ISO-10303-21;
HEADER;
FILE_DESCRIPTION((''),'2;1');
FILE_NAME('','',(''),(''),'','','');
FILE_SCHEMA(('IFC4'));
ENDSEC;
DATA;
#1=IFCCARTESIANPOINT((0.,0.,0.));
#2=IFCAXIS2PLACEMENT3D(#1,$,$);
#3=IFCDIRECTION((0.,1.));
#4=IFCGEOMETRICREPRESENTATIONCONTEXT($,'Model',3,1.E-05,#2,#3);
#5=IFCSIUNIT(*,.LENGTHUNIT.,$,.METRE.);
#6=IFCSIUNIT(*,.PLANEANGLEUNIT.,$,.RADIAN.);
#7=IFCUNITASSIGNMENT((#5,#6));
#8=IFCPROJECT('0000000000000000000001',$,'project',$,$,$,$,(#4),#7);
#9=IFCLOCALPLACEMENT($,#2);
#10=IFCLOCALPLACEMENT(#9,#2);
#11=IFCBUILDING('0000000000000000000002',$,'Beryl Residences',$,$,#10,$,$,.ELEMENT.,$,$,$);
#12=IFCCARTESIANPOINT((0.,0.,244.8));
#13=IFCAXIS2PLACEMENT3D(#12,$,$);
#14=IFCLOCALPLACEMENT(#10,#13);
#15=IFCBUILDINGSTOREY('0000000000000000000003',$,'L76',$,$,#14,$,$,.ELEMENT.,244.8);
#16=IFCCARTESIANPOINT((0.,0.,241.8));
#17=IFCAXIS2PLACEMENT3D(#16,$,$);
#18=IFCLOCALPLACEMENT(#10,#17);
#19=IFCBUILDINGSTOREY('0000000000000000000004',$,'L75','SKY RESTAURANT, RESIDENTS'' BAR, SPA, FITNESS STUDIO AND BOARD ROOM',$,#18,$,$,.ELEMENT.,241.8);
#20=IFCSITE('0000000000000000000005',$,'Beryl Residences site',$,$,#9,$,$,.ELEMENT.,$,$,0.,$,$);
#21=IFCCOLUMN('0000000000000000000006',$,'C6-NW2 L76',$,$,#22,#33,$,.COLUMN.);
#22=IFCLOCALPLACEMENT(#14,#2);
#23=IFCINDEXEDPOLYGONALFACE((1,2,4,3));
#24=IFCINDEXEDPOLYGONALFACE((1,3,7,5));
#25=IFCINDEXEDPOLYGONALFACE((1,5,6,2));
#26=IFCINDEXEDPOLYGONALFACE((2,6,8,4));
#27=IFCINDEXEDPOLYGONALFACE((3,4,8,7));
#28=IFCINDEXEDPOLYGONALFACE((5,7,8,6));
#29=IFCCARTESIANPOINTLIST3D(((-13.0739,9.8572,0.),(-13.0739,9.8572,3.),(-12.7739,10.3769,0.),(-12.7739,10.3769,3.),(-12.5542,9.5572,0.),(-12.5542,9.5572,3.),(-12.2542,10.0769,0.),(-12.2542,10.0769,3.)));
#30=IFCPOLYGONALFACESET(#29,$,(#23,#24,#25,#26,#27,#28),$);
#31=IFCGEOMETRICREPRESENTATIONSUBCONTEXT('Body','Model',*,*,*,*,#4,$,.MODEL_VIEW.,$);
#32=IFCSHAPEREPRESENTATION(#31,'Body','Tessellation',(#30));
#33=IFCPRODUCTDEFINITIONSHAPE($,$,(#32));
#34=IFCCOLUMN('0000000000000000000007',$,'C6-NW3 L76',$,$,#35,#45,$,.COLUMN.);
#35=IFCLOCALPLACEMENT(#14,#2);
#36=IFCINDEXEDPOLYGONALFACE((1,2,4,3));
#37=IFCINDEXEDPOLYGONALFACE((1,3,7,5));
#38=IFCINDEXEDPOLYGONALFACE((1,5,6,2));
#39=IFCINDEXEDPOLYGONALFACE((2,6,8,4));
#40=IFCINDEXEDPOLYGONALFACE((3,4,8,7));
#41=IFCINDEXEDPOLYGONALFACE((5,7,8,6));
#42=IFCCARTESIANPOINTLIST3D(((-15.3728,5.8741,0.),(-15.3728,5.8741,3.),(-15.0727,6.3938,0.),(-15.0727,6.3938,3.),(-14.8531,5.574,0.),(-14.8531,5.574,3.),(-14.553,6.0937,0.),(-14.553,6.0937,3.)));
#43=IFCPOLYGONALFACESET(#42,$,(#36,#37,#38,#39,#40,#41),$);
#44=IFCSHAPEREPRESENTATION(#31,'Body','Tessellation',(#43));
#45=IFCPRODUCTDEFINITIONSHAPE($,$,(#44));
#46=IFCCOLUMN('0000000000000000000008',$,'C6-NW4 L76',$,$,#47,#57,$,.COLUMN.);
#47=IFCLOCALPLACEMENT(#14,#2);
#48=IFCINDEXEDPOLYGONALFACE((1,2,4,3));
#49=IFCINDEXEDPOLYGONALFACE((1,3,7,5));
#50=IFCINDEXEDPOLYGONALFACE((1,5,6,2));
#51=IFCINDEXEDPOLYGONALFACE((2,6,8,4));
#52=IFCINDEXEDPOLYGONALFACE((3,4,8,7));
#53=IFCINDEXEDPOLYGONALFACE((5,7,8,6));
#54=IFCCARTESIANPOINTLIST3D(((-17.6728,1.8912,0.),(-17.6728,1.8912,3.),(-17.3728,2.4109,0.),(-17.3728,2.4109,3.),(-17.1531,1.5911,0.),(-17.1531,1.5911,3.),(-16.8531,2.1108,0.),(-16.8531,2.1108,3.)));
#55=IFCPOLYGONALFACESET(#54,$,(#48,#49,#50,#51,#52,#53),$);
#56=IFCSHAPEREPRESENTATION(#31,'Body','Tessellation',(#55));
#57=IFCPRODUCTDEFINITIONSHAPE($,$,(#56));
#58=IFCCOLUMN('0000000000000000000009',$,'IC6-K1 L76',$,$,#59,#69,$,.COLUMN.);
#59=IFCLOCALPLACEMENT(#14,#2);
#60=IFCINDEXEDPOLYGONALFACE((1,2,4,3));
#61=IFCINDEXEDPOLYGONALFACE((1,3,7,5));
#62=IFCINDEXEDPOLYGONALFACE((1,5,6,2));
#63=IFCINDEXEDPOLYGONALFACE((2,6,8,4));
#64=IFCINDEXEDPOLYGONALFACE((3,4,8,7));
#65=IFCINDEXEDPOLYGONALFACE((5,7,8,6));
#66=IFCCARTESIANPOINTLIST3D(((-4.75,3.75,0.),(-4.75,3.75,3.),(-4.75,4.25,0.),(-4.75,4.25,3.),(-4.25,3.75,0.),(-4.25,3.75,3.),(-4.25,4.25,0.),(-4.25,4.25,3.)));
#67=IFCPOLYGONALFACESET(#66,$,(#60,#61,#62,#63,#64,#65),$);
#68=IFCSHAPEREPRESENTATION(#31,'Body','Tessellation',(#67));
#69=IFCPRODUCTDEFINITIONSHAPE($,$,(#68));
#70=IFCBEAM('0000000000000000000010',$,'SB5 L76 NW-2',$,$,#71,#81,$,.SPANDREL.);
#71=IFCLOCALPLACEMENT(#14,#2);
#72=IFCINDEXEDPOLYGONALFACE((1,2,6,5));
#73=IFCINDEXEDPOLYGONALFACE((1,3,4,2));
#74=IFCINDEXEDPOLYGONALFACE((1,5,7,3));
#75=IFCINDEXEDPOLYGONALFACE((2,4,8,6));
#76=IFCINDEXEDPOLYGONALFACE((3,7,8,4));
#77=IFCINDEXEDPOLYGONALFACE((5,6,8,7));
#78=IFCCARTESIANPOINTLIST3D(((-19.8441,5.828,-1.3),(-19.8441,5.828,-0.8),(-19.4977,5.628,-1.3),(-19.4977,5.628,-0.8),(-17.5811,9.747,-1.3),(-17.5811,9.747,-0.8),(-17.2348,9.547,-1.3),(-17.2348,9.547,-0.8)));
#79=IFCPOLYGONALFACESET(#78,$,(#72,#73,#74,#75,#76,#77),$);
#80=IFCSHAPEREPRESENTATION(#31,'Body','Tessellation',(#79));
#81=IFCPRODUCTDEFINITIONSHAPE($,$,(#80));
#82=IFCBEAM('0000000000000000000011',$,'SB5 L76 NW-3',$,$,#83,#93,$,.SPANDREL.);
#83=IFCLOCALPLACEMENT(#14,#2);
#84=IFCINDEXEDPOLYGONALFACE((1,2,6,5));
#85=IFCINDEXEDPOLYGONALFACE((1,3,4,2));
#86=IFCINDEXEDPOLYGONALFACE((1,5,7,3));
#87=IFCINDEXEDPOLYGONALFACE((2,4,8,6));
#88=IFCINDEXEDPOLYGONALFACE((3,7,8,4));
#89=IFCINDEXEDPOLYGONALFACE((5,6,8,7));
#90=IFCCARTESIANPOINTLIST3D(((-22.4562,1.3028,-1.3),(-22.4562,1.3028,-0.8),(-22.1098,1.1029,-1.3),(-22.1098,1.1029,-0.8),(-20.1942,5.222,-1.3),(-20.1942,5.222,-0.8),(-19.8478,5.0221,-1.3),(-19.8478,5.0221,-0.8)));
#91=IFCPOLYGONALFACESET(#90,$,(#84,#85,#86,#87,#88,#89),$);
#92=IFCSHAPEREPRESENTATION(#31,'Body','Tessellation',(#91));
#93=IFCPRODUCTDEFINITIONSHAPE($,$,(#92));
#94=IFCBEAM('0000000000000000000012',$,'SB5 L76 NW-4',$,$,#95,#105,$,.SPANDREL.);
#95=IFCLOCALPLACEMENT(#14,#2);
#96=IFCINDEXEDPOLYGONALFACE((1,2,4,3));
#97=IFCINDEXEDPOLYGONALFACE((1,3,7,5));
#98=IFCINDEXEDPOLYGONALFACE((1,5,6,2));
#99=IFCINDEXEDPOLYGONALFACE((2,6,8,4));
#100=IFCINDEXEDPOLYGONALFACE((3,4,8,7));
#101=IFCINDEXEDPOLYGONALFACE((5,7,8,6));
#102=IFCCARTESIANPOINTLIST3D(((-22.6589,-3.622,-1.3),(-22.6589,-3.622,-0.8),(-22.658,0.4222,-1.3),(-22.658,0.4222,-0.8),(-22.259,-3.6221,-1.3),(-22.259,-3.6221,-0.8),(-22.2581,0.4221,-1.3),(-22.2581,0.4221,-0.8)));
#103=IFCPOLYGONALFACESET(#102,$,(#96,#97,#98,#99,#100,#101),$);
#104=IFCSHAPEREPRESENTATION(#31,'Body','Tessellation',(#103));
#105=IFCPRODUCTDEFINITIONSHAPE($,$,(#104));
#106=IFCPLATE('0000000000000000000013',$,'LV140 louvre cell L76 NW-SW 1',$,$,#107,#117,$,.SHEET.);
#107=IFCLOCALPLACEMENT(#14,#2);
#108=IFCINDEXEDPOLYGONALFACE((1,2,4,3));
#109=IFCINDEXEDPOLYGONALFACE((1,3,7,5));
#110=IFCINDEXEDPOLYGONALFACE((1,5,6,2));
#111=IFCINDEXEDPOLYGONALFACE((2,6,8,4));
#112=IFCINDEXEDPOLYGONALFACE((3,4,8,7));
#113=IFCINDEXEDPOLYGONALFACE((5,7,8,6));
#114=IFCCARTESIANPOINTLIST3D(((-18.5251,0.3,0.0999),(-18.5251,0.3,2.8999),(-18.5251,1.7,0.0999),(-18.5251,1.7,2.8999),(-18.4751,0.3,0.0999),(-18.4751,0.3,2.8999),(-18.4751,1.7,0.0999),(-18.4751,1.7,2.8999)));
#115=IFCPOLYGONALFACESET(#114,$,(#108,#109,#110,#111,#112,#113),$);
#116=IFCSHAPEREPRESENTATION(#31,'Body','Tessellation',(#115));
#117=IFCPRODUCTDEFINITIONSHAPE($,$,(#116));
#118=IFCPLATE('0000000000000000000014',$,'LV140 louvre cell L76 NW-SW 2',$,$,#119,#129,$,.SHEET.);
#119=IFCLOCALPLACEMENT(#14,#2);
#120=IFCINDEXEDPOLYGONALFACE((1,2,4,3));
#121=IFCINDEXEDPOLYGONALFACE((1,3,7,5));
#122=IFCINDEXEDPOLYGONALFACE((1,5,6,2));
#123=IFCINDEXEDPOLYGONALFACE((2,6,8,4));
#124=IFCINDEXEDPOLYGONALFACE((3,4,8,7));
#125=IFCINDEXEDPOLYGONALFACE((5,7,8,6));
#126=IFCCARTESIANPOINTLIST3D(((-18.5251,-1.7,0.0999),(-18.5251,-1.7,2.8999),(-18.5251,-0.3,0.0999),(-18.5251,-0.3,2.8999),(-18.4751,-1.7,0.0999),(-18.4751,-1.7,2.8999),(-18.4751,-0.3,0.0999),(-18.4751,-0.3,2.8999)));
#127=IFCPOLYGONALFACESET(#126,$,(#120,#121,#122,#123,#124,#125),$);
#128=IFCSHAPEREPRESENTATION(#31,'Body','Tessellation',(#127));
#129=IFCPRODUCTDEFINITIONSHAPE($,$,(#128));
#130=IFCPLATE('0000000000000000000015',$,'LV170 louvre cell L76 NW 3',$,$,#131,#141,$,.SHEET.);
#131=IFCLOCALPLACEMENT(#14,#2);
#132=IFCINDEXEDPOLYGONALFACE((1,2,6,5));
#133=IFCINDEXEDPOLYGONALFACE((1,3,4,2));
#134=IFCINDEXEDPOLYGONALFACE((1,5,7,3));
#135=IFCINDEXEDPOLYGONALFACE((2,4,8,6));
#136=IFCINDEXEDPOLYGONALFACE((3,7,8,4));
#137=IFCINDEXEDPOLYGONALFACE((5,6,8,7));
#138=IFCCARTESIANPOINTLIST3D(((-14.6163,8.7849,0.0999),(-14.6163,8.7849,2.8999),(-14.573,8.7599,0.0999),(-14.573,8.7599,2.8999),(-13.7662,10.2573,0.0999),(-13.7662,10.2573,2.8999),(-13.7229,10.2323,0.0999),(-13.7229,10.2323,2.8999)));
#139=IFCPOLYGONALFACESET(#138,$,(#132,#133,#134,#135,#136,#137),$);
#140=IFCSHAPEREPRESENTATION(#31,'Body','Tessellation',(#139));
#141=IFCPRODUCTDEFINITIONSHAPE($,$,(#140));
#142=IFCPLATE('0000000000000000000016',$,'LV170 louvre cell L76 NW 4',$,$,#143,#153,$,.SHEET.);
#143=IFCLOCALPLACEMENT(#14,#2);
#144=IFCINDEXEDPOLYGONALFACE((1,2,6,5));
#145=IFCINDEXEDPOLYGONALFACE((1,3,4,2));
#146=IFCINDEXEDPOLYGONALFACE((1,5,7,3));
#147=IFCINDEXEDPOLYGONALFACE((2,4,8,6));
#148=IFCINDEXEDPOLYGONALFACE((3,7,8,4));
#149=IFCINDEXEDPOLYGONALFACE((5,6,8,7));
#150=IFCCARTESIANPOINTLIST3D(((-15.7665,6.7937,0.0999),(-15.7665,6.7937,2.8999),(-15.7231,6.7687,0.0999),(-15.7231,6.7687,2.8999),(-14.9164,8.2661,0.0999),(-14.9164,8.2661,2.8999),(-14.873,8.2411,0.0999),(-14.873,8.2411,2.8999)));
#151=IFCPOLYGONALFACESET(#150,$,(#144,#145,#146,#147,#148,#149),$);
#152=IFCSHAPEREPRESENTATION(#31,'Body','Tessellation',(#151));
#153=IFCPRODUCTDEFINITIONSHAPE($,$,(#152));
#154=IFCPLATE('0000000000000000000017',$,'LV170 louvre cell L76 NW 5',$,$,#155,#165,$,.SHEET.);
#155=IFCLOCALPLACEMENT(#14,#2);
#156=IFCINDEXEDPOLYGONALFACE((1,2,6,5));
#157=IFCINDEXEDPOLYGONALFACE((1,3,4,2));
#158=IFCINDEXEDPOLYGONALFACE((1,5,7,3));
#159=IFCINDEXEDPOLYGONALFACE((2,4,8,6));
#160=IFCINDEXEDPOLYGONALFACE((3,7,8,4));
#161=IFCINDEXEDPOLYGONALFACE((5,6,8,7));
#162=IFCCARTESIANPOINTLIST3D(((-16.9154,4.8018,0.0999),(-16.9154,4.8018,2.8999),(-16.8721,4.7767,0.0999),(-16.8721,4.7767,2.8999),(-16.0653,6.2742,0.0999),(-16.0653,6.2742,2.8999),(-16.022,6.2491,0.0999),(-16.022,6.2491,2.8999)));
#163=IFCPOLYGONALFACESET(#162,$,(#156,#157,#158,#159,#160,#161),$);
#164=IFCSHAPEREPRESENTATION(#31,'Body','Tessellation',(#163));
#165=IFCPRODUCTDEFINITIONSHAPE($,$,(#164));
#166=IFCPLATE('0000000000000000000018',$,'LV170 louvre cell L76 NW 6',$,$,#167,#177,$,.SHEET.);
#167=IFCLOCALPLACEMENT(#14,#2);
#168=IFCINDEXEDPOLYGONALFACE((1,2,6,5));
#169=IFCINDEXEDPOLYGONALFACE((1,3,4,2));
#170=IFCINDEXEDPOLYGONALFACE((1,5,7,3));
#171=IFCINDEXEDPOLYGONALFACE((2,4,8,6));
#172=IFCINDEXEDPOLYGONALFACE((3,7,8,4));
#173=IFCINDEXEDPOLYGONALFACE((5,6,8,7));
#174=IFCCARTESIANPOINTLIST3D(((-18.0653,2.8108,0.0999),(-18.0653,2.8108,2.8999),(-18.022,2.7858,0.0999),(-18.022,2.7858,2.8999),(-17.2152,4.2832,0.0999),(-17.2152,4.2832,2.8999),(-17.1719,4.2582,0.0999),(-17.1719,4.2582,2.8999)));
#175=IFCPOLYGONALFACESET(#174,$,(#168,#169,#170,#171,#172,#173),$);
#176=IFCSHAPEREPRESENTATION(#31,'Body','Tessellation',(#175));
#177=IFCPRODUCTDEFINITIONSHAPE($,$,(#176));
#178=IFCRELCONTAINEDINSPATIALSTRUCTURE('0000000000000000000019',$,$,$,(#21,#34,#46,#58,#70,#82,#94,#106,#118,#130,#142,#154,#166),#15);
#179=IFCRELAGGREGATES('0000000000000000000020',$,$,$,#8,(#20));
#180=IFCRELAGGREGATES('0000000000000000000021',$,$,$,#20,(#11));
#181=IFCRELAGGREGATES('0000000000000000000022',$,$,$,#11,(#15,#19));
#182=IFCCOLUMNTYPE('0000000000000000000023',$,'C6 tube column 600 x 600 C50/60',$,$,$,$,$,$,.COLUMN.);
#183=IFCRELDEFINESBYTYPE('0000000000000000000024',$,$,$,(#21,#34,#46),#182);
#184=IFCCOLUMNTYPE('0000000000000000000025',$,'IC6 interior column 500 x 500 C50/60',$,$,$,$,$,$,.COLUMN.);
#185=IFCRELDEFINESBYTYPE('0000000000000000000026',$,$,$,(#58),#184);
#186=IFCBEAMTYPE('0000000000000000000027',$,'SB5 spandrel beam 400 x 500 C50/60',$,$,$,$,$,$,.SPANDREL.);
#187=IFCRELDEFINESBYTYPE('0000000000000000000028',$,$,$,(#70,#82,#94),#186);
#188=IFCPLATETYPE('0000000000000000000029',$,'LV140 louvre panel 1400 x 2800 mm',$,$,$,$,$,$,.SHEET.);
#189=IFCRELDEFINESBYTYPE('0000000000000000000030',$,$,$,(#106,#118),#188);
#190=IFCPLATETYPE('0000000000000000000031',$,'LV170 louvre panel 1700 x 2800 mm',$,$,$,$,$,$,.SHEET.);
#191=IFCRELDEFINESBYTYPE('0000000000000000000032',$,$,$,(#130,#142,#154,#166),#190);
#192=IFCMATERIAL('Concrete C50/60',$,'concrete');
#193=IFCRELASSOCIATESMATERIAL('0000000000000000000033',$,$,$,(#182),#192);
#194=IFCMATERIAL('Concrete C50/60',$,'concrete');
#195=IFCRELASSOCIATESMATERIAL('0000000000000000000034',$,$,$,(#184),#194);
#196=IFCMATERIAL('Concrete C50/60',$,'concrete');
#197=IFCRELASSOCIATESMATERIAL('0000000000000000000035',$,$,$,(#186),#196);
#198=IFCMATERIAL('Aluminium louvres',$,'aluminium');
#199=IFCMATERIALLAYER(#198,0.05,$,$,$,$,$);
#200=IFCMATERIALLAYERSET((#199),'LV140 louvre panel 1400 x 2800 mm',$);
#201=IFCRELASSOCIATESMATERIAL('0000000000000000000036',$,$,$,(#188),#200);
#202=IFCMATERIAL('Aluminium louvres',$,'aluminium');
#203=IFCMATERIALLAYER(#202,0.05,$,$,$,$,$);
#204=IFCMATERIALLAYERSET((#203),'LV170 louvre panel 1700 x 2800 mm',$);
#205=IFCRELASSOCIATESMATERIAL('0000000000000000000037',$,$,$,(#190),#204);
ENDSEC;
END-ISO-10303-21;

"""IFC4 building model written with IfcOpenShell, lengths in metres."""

from ifc_helpers import new_model, si_unit, direction, frame, origin, origin_2d, place, context, subcontext, project, spatial, polyline, rectangle, outline, extrude, source, transform, mapped, material, layer, layer_set, material_profile, profile_set, type_object, type_shapes, element, save


model = new_model("IFC4")

# Units and contexts
model_context = context("Model", 3, precision=1e-05, world=origin(), true_north=direction((0.0, 1.0)))
body_context = subcontext(model_context, "Body", "Model", "MODEL_VIEW")
ifc_project = project(units=[si_unit("LENGTHUNIT", "METRE"), si_unit("PLANEANGLEUNIT", "RADIAN")], contexts=[model_context])

# Site, building, storey
site_placement = place(None, origin())
site = spatial("IfcSite", under=ifc_project, at=site_placement, Name="Beryl Residences site", CompositionType="ELEMENT", RefElevation=0.0)
building_placement = place(site_placement, origin())
building = spatial("IfcBuilding", under=site, at=building_placement, Name="Beryl Residences", CompositionType="ELEMENT")
storey_1_placement = place(building_placement, frame((0.0, 0.0, 244.8)))
storey_1 = spatial("IfcBuildingStorey", under=building, at=storey_1_placement, Name="L76", CompositionType="ELEMENT", Elevation=244.8)

# Columns
ifc_material_1 = material(Name="Concrete C50/60", Category="concrete")
ifc_material_profile_1 = material_profile(ifc_material_1, rectangle(XDim=0.6001, YDim=0.6001, at=origin_2d()))
ifc_profile_set_1 = profile_set([ifc_material_profile_1], Name="Concrete C50/60")
column_type_1 = type_object("IfcColumnType", Name="C6 tube column 600 x 600 C50/60", PredefinedType="COLUMN", material=ifc_profile_set_1)
for number, where, z_axis, x_axis, name in (
    (1, (-12.6641, 9.967, 0.0), (0.0, 0.0, 1.0), (-0.5, -0.866025, 0.0), "C6-NW2 L76"),
    (2, (-14.9629, 5.9839, 0.0), (0.0, 0.0, 1.0), (-0.5, -0.866025, 0.0), "C6-NW3 L76"),
    (3, (-17.2629, 2.001, 0.0), (0.0, 0.0, 1.0), (-0.5, -0.866025, 0.0), "C6-NW4 L76"),
):
    element("IfcColumn", number, at=place(storey_1_placement, frame(where, z_axis=z_axis, x_axis=x_axis)), inside=storey_1, type_object=column_type_1, Name=name, PredefinedType="COLUMN", context=body_context, shape_type="SweptSolid", body=[
        extrude(rectangle(XDim=0.6001, YDim=0.6001, at=origin_2d()), origin(), (0.0, 0.0, 1.0), 3.0),
    ])
ifc_material_2 = material(Name="Concrete C50/60", Category="concrete")
ifc_material_profile_2 = material_profile(ifc_material_2, rectangle(XDim=0.5, YDim=0.5, at=origin_2d()))
ifc_profile_set_2 = profile_set([ifc_material_profile_2], Name="Concrete C50/60")
column_type_2 = type_object("IfcColumnType", Name="IC6 interior column 500 x 500 C50/60", PredefinedType="COLUMN", material=ifc_profile_set_2)
column_placement = place(storey_1_placement, frame((-4.5, 4.0, 0.0), z_axis=(0.0, 0.0, 1.0), x_axis=(1.0, 0.0, 0.0)))
element("IfcColumn", 4, at=column_placement, inside=storey_1, type_object=column_type_2, Name="IC6-K1 L76", PredefinedType="COLUMN", context=body_context, shape_type="SweptSolid", body=[
    extrude(rectangle(XDim=0.5, YDim=0.5, at=origin_2d()), origin(), (0.0, 0.0, 1.0), 3.0),
])

# Beams
ifc_material_3 = material(Name="Concrete C50/60", Category="concrete")
ifc_material_profile_3 = material_profile(ifc_material_3, rectangle(XDim=0.3999, YDim=0.5, at=origin_2d()))
ifc_profile_set_3 = profile_set([ifc_material_profile_3], Name="Concrete C50/60")
beam_type = type_object("IfcBeamType", Name="SB5 spandrel beam 400 x 500 C50/60", PredefinedType="SPANDREL", material=ifc_profile_set_3)
beam_1_placement = place(storey_1_placement, frame((-17.408, 9.647, -1.05), z_axis=(-0.500056, -0.865993, 0.0), x_axis=(0.865993, -0.500056, 0.0)))
element("IfcBeam", 5, at=beam_1_placement, inside=storey_1, type_object=beam_type, Name="SB5 L76 NW-2", PredefinedType="SPANDREL", context=body_context, shape_type="SweptSolid", body=[
    extrude(rectangle(XDim=0.3999, YDim=0.5, at=origin_2d()), origin(), (0.0, 0.0, 1.0), 4.5254),
])
beam_2_placement = place(storey_1_placement, frame((-20.021, 5.1221, -1.05), z_axis=(-0.49987, -0.8661, 0.0), x_axis=(0.8661, -0.49987, 0.0)))
element("IfcBeam", 6, at=beam_2_placement, inside=storey_1, type_object=beam_type, Name="SB5 L76 NW-3", PredefinedType="SPANDREL", context=body_context, shape_type="SweptSolid", body=[
    extrude(rectangle(XDim=0.3999, YDim=0.5, at=origin_2d()), origin(), (0.0, 0.0, 1.0), 4.5251),
])
beam_3_placement = place(storey_1_placement, frame((-22.458, 0.4221, -1.05), z_axis=(-0.000241, -1.0, 0.0), x_axis=(1.0, -0.000241, 0.0)))
element("IfcBeam", 7, at=beam_3_placement, inside=storey_1, type_object=beam_type, Name="SB5 L76 NW-4", PredefinedType="SPANDREL", context=body_context, shape_type="SweptSolid", body=[
    extrude(rectangle(XDim=0.3999, YDim=0.5, at=origin_2d()), origin(), (0.0, 0.0, 1.0), 4.0442),
])

# Plates
ifc_material_4 = material(Name="Aluminium louvres", Category="aluminium")
ifc_layer_1 = layer(ifc_material_4, 0.05)
ifc_layer_set_1 = layer_set([ifc_layer_1], Name="LV140 louvre panel 1400 x 2800 mm")
plate_type_1 = type_object("IfcPlateType", Name="LV140 louvre panel 1400 x 2800 mm", PredefinedType="SHEET", material=ifc_layer_set_1)
shared_shape_1 = source(origin(), body_context, "Body", "SweptSolid", [
    extrude(outline(polyline([(-0.7, 0.0), (0.7, 0.0), (0.7, 0.05), (-0.7, 0.05), (-0.7, 0.0)])), origin(), (0.0, 0.0, 1.0), 2.8),
])
type_shapes(plate_type_1, [shared_shape_1])
for number, where, z_axis, x_axis, name in (
    (8, (-18.4751, 1.0, 0.0999), (0.0, 0.0, 1.0), (0.0, 1.0, 0.0), "LV140 louvre cell L76 NW-SW 1"),
    (9, (-18.4751, -1.0, 0.0999), (0.0, 0.0, 1.0), (0.0, 1.0, 0.0), "LV140 louvre cell L76 NW-SW 2"),
):
    element("IfcPlate", number, at=place(storey_1_placement, frame(where, z_axis=z_axis, x_axis=x_axis)), inside=storey_1, type_object=plate_type_1, Name=name, PredefinedType="SHEET", context=body_context, shape_type="MappedRepresentation", body=[
        mapped(shared_shape_1, transform((0.0, 0.0, 0.0))),
    ])
ifc_material_5 = material(Name="Aluminium louvres", Category="aluminium")
ifc_layer_2 = layer(ifc_material_5, 0.05)
ifc_layer_set_2 = layer_set([ifc_layer_2], Name="LV170 louvre panel 1700 x 2800 mm")
plate_type_2 = type_object("IfcPlateType", Name="LV170 louvre panel 1700 x 2800 mm", PredefinedType="SHEET", material=ifc_layer_set_2)
shared_shape_2 = source(origin(), body_context, "Body", "SweptSolid", [
    extrude(outline(polyline([(-0.8501, 0.0), (0.8501, 0.0), (0.8501, 0.05), (-0.8501, 0.05), (-0.8501, 0.0)])), origin(), (0.0, 0.0, 1.0), 2.8),
])
type_shapes(plate_type_2, [shared_shape_2])
for number, where, z_axis, x_axis, name in (
    (10, (-14.1479, 9.4961, 0.0999), (0.0, 0.0, 1.0), (0.5, 0.866025, 0.0), "LV170 louvre cell L76 NW 3"),
    (11, (-15.2981, 7.5049, 0.0999), (0.0, 0.0, 1.0), (0.5, 0.866025, 0.0), "LV170 louvre cell L76 NW 4"),
    (12, (-16.447, 5.5129, 0.0999), (0.0, 0.0, 1.0), (0.5, 0.866025, 0.0), "LV170 louvre cell L76 NW 5"),
    (13, (-17.5969, 3.522, 0.0999), (0.0, 0.0, 1.0), (0.5, 0.866025, 0.0), "LV170 louvre cell L76 NW 6"),
):
    element("IfcPlate", number, at=place(storey_1_placement, frame(where, z_axis=z_axis, x_axis=x_axis)), inside=storey_1, type_object=plate_type_2, Name=name, PredefinedType="SHEET", context=body_context, shape_type="MappedRepresentation", body=[
        mapped(shared_shape_2, transform((0.0, 0.0, 0.0))),
    ])

# Shared definitions
storey_2_placement = place(building_placement, frame((0.0, 0.0, 241.8)))
storey_2 = spatial("IfcBuildingStorey", under=building, at=storey_2_placement, Name="L75", Description="SKY RESTAURANT, RESIDENTS' BAR, SPA, FITNESS STUDIO AND BOARD ROOM", CompositionType="ELEMENT", Elevation=241.8)

save(model, "model.ifc")
